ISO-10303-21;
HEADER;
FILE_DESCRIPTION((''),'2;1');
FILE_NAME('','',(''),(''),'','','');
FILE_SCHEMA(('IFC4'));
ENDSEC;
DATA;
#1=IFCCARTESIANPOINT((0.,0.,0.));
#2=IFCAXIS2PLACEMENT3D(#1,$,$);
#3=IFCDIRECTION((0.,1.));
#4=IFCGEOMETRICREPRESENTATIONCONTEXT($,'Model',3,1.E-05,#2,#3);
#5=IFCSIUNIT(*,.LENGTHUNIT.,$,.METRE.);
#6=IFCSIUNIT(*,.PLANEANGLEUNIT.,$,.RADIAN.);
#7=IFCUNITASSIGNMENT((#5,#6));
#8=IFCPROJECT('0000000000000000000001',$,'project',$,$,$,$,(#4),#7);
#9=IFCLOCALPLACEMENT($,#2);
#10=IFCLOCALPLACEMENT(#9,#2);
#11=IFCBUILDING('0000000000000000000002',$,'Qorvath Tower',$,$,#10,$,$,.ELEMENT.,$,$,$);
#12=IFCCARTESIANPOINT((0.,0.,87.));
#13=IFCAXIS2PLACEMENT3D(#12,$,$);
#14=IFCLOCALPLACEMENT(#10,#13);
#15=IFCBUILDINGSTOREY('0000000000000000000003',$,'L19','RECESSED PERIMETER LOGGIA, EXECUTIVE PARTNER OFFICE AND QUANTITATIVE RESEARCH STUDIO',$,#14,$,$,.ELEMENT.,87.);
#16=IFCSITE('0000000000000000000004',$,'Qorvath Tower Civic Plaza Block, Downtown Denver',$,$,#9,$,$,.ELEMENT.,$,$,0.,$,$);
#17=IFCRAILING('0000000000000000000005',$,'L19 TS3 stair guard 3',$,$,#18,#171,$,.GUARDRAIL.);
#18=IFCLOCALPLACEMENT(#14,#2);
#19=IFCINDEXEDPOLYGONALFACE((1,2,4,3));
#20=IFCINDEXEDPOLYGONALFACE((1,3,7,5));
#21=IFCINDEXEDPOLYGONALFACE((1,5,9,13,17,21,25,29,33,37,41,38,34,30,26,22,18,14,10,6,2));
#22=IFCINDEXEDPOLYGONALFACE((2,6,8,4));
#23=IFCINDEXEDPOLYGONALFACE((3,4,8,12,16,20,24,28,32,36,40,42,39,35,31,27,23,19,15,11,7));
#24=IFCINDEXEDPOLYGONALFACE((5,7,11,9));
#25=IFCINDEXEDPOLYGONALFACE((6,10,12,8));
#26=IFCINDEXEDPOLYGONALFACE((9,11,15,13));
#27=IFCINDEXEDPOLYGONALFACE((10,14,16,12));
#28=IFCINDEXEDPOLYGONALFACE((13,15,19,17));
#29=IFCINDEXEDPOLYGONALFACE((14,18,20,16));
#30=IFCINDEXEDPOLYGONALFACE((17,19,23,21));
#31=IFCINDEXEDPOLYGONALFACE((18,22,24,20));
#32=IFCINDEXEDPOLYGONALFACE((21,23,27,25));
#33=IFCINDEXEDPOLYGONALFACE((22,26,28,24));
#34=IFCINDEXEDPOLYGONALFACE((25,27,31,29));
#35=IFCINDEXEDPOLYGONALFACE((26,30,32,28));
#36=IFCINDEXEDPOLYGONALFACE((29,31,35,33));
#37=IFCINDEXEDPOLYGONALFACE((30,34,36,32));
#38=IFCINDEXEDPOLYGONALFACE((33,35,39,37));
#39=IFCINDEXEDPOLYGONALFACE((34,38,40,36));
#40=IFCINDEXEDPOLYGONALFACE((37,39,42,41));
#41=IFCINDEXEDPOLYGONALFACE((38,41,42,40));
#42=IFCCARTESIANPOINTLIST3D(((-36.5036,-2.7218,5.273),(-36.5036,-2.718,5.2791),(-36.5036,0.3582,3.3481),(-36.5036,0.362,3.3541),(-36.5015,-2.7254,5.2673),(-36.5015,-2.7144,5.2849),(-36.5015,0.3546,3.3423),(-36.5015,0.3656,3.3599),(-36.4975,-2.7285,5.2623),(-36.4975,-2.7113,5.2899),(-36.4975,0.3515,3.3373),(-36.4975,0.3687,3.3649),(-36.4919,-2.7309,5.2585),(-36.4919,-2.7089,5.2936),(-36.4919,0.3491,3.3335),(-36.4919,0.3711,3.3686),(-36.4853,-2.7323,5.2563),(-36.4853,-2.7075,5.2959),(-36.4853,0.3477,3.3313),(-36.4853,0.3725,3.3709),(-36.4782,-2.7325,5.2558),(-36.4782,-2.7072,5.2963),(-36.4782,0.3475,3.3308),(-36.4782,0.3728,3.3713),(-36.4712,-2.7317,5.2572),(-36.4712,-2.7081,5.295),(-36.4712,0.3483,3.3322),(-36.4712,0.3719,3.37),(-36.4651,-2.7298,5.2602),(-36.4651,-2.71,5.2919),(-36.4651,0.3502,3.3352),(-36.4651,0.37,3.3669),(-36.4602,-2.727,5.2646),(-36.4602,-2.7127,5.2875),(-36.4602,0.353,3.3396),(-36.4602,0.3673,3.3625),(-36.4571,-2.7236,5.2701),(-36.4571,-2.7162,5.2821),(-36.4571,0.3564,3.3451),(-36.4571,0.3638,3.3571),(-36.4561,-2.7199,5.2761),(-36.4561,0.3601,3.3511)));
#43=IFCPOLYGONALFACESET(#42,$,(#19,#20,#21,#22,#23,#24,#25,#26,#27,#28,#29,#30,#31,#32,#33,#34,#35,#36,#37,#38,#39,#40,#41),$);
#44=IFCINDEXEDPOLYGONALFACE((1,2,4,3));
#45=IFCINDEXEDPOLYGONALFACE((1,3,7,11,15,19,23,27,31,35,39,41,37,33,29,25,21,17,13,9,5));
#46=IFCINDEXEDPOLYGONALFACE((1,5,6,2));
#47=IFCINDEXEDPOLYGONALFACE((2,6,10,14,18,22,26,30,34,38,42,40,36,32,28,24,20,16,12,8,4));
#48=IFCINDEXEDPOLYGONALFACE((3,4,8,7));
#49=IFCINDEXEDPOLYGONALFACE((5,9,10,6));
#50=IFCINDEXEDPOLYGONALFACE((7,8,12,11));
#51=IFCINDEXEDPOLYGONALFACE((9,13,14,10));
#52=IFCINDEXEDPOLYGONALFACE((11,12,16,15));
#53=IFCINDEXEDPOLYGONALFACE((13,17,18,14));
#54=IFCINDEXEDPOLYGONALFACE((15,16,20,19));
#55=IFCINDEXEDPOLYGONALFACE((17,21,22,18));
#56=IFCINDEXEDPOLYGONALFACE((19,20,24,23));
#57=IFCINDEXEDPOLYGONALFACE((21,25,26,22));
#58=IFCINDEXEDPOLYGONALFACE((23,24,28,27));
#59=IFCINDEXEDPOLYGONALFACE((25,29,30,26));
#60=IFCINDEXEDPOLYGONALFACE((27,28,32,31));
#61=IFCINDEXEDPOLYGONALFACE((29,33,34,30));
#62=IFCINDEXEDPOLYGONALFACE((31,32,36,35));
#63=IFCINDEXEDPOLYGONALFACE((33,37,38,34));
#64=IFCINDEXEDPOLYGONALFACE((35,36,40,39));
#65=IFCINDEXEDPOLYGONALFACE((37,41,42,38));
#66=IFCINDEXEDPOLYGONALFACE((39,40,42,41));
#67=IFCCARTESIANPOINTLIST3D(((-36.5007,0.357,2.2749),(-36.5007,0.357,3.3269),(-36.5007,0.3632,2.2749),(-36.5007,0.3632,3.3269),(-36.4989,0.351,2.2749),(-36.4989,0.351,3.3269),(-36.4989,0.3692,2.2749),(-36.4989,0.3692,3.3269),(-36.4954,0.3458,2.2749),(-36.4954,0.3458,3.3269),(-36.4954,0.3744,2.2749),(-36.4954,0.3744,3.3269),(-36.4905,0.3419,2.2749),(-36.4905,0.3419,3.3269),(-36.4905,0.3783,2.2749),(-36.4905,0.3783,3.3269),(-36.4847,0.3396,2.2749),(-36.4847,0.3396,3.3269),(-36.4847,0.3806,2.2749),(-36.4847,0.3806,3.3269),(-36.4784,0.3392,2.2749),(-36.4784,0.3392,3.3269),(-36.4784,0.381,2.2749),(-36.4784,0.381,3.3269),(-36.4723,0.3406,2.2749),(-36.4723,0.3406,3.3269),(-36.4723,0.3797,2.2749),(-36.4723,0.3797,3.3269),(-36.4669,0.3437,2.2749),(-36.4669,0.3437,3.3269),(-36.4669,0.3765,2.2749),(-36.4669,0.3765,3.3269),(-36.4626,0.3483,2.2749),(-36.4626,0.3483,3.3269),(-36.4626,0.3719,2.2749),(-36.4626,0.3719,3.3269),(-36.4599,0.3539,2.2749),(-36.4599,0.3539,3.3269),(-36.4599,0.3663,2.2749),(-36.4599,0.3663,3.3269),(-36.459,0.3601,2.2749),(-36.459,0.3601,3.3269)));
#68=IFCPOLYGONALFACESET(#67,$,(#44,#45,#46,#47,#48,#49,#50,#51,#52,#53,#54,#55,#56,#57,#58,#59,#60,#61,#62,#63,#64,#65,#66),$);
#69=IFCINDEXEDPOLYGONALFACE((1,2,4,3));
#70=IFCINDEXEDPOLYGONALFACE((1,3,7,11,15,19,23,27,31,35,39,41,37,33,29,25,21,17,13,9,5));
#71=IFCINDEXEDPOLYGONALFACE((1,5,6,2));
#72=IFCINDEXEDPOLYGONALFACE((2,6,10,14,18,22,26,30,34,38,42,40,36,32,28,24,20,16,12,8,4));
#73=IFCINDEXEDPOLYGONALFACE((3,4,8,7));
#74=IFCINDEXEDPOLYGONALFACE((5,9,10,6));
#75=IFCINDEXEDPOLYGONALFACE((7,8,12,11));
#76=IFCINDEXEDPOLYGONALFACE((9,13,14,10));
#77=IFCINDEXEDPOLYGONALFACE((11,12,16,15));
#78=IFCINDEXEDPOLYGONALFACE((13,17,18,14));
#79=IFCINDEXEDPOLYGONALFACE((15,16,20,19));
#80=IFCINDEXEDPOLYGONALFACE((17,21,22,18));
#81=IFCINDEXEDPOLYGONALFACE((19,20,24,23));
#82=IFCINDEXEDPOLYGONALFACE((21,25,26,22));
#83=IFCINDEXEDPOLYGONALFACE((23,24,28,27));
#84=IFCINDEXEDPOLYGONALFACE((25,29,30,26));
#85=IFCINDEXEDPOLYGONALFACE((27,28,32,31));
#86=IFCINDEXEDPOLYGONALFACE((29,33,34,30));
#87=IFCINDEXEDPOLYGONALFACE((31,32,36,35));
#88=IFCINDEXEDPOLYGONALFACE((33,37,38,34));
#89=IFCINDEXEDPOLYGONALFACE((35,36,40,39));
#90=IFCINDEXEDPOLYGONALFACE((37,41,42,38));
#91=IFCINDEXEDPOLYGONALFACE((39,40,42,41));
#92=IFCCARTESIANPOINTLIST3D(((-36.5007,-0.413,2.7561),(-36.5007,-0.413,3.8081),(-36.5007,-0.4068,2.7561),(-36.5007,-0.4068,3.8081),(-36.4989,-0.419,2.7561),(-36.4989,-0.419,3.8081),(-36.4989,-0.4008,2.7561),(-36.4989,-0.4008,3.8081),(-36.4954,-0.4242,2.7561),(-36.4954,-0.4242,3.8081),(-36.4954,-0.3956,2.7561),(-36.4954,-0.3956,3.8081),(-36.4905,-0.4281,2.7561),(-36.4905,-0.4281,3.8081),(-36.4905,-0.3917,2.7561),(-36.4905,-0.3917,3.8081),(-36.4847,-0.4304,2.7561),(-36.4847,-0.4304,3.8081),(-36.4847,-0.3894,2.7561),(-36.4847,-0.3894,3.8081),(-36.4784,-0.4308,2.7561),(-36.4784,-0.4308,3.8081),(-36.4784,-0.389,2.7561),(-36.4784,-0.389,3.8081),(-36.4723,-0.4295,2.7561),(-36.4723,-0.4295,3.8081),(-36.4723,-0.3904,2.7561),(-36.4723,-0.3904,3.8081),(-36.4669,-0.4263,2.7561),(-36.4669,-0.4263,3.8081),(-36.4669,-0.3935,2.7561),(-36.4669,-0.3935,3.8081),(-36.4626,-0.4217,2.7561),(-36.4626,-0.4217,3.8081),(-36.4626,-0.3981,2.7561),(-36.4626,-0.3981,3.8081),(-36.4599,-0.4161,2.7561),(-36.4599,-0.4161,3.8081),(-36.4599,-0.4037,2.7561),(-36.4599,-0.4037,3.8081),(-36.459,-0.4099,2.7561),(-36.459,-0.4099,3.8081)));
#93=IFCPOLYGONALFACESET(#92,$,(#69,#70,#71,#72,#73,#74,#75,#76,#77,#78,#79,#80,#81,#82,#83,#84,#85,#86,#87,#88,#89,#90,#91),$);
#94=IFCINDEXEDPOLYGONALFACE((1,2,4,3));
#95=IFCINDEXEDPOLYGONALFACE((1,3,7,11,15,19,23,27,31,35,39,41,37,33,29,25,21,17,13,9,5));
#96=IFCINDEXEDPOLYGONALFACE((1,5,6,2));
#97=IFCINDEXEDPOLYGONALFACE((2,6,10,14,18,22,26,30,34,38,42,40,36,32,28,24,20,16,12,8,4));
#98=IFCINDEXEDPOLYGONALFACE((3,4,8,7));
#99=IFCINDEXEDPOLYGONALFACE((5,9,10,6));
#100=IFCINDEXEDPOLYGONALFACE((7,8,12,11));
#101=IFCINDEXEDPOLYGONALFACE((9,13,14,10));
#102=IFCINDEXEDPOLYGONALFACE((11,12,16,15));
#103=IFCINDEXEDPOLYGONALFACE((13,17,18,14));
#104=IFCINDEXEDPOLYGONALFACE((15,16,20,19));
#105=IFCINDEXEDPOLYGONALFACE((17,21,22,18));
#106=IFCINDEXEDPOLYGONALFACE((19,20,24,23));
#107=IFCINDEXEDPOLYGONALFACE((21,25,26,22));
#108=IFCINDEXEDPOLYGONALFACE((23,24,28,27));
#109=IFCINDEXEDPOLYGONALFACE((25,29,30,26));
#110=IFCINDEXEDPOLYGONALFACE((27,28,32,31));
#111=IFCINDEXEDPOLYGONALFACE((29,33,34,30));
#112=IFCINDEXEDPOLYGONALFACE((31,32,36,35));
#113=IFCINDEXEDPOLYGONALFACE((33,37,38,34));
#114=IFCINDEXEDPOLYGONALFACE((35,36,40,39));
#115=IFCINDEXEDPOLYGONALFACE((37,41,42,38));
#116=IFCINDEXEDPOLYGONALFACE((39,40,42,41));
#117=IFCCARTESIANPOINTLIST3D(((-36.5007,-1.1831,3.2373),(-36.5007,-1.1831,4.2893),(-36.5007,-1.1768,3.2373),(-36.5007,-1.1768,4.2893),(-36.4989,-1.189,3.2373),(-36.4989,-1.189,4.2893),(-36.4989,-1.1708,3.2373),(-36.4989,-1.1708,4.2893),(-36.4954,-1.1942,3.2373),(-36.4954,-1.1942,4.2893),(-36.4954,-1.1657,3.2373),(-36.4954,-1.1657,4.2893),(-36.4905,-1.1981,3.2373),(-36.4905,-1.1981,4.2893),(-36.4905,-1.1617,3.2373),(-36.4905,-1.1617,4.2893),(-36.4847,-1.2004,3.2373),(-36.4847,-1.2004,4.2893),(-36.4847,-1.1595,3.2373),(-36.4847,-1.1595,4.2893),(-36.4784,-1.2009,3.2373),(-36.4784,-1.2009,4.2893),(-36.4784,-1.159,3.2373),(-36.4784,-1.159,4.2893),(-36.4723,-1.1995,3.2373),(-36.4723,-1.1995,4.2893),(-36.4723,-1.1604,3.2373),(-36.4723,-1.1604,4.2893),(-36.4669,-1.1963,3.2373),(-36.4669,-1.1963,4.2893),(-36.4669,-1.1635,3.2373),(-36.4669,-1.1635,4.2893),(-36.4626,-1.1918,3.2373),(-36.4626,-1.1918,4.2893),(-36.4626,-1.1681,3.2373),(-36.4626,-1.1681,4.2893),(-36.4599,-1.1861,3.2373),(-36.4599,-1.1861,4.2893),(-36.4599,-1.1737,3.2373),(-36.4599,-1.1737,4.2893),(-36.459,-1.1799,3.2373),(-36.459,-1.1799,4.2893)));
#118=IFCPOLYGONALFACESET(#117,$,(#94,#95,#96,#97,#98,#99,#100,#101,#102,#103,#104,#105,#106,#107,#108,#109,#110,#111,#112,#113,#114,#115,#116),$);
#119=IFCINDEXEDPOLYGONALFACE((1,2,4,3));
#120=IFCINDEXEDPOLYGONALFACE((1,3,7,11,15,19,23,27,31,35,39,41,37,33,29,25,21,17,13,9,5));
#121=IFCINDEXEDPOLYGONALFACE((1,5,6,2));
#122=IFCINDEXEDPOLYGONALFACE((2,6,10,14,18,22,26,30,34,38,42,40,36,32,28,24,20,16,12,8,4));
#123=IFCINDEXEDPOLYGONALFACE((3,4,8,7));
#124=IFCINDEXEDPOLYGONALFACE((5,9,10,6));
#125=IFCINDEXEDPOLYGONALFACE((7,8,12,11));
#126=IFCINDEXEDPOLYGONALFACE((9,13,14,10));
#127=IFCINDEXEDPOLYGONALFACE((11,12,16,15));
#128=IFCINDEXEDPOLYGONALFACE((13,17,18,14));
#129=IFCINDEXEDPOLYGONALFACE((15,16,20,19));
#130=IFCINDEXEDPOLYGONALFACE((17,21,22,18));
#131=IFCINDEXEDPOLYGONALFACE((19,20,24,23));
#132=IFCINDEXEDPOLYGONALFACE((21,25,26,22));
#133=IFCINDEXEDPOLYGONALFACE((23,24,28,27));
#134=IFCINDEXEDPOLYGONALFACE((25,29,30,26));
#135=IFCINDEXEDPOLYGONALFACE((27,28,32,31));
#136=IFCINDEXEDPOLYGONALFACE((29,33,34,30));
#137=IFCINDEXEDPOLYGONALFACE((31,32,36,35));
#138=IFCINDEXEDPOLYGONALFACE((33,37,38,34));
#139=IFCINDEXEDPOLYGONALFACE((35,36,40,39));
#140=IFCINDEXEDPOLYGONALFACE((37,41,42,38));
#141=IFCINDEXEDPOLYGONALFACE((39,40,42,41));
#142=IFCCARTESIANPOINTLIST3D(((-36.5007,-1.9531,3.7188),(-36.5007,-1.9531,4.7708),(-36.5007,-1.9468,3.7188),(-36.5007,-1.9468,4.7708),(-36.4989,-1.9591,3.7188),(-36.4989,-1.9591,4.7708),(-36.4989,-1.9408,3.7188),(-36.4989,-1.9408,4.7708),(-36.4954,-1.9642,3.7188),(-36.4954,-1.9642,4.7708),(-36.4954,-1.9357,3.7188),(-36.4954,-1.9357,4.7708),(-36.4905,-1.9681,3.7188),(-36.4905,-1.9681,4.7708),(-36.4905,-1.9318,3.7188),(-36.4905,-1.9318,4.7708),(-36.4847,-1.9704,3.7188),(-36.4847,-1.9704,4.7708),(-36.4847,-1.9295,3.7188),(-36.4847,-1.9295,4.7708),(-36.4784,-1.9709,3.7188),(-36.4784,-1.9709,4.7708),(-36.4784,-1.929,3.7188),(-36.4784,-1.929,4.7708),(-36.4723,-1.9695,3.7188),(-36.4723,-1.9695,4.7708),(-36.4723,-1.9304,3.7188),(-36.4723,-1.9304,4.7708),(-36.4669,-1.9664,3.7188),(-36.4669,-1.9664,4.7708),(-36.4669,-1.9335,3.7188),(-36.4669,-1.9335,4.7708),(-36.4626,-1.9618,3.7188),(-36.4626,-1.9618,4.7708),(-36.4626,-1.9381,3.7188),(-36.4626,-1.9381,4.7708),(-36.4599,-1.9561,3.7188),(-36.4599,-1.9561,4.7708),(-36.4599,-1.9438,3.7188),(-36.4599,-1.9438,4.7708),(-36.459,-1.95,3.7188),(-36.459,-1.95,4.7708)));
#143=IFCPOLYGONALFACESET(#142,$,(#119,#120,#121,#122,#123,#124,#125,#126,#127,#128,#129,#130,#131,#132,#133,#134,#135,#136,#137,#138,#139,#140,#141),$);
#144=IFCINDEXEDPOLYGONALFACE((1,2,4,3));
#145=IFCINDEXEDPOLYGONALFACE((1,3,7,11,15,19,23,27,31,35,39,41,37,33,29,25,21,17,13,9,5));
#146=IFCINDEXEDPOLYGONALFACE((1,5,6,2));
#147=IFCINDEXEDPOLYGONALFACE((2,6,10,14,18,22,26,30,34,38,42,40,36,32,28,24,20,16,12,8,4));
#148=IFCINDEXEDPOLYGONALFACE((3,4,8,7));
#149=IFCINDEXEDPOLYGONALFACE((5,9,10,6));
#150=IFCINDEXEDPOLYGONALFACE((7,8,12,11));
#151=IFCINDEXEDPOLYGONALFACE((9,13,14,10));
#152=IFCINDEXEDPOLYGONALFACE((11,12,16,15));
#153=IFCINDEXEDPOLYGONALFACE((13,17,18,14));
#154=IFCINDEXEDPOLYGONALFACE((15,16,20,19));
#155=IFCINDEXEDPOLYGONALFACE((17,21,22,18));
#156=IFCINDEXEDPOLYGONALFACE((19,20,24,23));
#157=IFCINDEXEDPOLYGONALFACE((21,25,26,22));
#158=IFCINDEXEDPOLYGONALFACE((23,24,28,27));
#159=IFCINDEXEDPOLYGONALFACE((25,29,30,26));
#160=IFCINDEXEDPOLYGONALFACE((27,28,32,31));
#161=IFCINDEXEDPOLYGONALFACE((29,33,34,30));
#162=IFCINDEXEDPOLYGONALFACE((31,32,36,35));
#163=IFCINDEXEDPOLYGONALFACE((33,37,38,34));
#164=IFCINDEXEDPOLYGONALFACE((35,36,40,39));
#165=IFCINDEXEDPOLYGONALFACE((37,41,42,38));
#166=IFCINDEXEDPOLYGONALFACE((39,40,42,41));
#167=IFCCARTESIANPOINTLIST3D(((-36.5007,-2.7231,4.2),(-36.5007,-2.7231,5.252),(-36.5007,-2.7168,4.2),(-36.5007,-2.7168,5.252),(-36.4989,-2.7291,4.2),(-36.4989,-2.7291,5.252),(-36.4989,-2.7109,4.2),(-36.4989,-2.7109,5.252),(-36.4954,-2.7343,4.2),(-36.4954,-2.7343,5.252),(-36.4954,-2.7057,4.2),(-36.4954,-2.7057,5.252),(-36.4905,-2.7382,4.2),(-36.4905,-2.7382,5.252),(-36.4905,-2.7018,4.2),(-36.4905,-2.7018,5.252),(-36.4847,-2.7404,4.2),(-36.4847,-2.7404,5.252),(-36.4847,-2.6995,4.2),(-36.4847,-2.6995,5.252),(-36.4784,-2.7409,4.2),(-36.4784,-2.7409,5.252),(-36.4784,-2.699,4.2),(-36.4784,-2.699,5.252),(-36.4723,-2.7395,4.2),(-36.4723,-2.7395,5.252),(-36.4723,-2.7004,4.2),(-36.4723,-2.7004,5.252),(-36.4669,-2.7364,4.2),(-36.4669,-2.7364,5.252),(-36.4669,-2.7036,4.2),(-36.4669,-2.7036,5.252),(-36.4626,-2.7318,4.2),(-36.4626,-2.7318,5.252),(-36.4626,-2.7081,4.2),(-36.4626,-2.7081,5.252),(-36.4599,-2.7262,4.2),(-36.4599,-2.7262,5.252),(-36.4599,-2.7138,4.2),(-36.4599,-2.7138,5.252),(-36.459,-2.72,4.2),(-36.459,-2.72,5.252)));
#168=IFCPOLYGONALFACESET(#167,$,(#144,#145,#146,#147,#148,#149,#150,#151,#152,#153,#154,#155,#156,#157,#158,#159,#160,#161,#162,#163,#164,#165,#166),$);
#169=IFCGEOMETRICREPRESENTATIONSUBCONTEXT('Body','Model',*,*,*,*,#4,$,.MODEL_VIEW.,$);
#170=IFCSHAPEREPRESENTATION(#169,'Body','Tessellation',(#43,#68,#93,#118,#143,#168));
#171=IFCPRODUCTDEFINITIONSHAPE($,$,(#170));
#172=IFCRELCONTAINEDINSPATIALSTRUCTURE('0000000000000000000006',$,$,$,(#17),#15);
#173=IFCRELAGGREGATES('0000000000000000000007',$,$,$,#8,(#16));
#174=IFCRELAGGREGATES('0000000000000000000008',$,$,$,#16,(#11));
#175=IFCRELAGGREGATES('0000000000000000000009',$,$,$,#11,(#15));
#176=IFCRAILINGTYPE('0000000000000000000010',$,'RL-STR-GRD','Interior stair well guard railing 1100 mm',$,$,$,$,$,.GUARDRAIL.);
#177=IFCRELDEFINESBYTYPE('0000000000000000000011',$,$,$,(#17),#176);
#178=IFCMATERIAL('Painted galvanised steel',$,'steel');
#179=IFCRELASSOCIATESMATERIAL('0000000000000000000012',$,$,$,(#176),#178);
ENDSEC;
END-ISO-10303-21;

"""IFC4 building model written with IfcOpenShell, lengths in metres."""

from ifc_helpers import new_model, si_unit, direction, frame, origin, origin_2d, place, context, subcontext, project, spatial, circle, extrude, material, type_object, element, save


model = new_model("IFC4")

# Units and contexts
model_context = context("Model", 3, precision=1e-05, world=origin(), true_north=direction((0.0, 1.0)))
body_context = subcontext(model_context, "Body", "Model", "MODEL_VIEW")
ifc_project = project(units=[si_unit("LENGTHUNIT", "METRE"), si_unit("PLANEANGLEUNIT", "RADIAN")], contexts=[model_context])

# Site, building, storey
site_placement = place(None, origin())
site = spatial("IfcSite", under=ifc_project, at=site_placement, Name="Qorvath Tower Civic Plaza Block, Downtown Denver", CompositionType="ELEMENT", RefElevation=0.0)
building_placement = place(site_placement, origin())
building = spatial("IfcBuilding", under=site, at=building_placement, Name="Qorvath Tower", CompositionType="ELEMENT")
storey_placement = place(building_placement, frame((0.0, 0.0, 87.0)))
storey = spatial("IfcBuildingStorey", under=building, at=storey_placement, Name="L19", Description="RECESSED PERIMETER LOGGIA, EXECUTIVE PARTNER OFFICE AND QUANTITATIVE RESEARCH STUDIO", CompositionType="ELEMENT", Elevation=87.0)

# Railing
ifc_material_1 = material(Name="Painted galvanised steel", Category="steel")
railing_type_1 = type_object("IfcRailingType", Name="RL-STR-GRD", Description="Interior stair well guard railing 1100 mm", PredefinedType="GUARDRAIL", material=ifc_material_1)
railing_1_placement = place(storey_placement, frame((-36.48, 0.3601, 2.2749)))
element("IfcRailing", 1, at=railing_1_placement, inside=storey, type_object=railing_type_1, Name="L19 TS3 stair guard 3", PredefinedType="GUARDRAIL", context=body_context, shape_type="SweptSolid", body=[
    extrude(circle(Radius=0.0239, at=origin_2d()), frame((0.0, 0.0, 1.0762), z_axis=(0.0, -0.847998, 0.529999), x_axis=(1.0, 0.0, 0.0)), (0.0, 0.0, 1.0), 3.6321),
    extrude(circle(Radius=0.021, at=origin_2d()), origin(), (0.0, 0.0, 1.0), 1.052),
    extrude(circle(Radius=0.021, at=origin_2d()), frame((0.0, -0.77, 0.4812)), (0.0, 0.0, 1.0), 1.052),
    extrude(circle(Radius=0.021, at=origin_2d()), frame((0.0, -1.54, 0.9624)), (0.0, 0.0, 1.0), 1.052),
    extrude(circle(Radius=0.021, at=origin_2d()), frame((0.0, -2.3101, 1.4438)), (0.0, 0.0, 1.0), 1.052),
    extrude(circle(Radius=0.021, at=origin_2d()), frame((0.0, -3.0801, 1.925)), (0.0, 0.0, 1.0), 1.052),
])

save(model, "model.ifc")
